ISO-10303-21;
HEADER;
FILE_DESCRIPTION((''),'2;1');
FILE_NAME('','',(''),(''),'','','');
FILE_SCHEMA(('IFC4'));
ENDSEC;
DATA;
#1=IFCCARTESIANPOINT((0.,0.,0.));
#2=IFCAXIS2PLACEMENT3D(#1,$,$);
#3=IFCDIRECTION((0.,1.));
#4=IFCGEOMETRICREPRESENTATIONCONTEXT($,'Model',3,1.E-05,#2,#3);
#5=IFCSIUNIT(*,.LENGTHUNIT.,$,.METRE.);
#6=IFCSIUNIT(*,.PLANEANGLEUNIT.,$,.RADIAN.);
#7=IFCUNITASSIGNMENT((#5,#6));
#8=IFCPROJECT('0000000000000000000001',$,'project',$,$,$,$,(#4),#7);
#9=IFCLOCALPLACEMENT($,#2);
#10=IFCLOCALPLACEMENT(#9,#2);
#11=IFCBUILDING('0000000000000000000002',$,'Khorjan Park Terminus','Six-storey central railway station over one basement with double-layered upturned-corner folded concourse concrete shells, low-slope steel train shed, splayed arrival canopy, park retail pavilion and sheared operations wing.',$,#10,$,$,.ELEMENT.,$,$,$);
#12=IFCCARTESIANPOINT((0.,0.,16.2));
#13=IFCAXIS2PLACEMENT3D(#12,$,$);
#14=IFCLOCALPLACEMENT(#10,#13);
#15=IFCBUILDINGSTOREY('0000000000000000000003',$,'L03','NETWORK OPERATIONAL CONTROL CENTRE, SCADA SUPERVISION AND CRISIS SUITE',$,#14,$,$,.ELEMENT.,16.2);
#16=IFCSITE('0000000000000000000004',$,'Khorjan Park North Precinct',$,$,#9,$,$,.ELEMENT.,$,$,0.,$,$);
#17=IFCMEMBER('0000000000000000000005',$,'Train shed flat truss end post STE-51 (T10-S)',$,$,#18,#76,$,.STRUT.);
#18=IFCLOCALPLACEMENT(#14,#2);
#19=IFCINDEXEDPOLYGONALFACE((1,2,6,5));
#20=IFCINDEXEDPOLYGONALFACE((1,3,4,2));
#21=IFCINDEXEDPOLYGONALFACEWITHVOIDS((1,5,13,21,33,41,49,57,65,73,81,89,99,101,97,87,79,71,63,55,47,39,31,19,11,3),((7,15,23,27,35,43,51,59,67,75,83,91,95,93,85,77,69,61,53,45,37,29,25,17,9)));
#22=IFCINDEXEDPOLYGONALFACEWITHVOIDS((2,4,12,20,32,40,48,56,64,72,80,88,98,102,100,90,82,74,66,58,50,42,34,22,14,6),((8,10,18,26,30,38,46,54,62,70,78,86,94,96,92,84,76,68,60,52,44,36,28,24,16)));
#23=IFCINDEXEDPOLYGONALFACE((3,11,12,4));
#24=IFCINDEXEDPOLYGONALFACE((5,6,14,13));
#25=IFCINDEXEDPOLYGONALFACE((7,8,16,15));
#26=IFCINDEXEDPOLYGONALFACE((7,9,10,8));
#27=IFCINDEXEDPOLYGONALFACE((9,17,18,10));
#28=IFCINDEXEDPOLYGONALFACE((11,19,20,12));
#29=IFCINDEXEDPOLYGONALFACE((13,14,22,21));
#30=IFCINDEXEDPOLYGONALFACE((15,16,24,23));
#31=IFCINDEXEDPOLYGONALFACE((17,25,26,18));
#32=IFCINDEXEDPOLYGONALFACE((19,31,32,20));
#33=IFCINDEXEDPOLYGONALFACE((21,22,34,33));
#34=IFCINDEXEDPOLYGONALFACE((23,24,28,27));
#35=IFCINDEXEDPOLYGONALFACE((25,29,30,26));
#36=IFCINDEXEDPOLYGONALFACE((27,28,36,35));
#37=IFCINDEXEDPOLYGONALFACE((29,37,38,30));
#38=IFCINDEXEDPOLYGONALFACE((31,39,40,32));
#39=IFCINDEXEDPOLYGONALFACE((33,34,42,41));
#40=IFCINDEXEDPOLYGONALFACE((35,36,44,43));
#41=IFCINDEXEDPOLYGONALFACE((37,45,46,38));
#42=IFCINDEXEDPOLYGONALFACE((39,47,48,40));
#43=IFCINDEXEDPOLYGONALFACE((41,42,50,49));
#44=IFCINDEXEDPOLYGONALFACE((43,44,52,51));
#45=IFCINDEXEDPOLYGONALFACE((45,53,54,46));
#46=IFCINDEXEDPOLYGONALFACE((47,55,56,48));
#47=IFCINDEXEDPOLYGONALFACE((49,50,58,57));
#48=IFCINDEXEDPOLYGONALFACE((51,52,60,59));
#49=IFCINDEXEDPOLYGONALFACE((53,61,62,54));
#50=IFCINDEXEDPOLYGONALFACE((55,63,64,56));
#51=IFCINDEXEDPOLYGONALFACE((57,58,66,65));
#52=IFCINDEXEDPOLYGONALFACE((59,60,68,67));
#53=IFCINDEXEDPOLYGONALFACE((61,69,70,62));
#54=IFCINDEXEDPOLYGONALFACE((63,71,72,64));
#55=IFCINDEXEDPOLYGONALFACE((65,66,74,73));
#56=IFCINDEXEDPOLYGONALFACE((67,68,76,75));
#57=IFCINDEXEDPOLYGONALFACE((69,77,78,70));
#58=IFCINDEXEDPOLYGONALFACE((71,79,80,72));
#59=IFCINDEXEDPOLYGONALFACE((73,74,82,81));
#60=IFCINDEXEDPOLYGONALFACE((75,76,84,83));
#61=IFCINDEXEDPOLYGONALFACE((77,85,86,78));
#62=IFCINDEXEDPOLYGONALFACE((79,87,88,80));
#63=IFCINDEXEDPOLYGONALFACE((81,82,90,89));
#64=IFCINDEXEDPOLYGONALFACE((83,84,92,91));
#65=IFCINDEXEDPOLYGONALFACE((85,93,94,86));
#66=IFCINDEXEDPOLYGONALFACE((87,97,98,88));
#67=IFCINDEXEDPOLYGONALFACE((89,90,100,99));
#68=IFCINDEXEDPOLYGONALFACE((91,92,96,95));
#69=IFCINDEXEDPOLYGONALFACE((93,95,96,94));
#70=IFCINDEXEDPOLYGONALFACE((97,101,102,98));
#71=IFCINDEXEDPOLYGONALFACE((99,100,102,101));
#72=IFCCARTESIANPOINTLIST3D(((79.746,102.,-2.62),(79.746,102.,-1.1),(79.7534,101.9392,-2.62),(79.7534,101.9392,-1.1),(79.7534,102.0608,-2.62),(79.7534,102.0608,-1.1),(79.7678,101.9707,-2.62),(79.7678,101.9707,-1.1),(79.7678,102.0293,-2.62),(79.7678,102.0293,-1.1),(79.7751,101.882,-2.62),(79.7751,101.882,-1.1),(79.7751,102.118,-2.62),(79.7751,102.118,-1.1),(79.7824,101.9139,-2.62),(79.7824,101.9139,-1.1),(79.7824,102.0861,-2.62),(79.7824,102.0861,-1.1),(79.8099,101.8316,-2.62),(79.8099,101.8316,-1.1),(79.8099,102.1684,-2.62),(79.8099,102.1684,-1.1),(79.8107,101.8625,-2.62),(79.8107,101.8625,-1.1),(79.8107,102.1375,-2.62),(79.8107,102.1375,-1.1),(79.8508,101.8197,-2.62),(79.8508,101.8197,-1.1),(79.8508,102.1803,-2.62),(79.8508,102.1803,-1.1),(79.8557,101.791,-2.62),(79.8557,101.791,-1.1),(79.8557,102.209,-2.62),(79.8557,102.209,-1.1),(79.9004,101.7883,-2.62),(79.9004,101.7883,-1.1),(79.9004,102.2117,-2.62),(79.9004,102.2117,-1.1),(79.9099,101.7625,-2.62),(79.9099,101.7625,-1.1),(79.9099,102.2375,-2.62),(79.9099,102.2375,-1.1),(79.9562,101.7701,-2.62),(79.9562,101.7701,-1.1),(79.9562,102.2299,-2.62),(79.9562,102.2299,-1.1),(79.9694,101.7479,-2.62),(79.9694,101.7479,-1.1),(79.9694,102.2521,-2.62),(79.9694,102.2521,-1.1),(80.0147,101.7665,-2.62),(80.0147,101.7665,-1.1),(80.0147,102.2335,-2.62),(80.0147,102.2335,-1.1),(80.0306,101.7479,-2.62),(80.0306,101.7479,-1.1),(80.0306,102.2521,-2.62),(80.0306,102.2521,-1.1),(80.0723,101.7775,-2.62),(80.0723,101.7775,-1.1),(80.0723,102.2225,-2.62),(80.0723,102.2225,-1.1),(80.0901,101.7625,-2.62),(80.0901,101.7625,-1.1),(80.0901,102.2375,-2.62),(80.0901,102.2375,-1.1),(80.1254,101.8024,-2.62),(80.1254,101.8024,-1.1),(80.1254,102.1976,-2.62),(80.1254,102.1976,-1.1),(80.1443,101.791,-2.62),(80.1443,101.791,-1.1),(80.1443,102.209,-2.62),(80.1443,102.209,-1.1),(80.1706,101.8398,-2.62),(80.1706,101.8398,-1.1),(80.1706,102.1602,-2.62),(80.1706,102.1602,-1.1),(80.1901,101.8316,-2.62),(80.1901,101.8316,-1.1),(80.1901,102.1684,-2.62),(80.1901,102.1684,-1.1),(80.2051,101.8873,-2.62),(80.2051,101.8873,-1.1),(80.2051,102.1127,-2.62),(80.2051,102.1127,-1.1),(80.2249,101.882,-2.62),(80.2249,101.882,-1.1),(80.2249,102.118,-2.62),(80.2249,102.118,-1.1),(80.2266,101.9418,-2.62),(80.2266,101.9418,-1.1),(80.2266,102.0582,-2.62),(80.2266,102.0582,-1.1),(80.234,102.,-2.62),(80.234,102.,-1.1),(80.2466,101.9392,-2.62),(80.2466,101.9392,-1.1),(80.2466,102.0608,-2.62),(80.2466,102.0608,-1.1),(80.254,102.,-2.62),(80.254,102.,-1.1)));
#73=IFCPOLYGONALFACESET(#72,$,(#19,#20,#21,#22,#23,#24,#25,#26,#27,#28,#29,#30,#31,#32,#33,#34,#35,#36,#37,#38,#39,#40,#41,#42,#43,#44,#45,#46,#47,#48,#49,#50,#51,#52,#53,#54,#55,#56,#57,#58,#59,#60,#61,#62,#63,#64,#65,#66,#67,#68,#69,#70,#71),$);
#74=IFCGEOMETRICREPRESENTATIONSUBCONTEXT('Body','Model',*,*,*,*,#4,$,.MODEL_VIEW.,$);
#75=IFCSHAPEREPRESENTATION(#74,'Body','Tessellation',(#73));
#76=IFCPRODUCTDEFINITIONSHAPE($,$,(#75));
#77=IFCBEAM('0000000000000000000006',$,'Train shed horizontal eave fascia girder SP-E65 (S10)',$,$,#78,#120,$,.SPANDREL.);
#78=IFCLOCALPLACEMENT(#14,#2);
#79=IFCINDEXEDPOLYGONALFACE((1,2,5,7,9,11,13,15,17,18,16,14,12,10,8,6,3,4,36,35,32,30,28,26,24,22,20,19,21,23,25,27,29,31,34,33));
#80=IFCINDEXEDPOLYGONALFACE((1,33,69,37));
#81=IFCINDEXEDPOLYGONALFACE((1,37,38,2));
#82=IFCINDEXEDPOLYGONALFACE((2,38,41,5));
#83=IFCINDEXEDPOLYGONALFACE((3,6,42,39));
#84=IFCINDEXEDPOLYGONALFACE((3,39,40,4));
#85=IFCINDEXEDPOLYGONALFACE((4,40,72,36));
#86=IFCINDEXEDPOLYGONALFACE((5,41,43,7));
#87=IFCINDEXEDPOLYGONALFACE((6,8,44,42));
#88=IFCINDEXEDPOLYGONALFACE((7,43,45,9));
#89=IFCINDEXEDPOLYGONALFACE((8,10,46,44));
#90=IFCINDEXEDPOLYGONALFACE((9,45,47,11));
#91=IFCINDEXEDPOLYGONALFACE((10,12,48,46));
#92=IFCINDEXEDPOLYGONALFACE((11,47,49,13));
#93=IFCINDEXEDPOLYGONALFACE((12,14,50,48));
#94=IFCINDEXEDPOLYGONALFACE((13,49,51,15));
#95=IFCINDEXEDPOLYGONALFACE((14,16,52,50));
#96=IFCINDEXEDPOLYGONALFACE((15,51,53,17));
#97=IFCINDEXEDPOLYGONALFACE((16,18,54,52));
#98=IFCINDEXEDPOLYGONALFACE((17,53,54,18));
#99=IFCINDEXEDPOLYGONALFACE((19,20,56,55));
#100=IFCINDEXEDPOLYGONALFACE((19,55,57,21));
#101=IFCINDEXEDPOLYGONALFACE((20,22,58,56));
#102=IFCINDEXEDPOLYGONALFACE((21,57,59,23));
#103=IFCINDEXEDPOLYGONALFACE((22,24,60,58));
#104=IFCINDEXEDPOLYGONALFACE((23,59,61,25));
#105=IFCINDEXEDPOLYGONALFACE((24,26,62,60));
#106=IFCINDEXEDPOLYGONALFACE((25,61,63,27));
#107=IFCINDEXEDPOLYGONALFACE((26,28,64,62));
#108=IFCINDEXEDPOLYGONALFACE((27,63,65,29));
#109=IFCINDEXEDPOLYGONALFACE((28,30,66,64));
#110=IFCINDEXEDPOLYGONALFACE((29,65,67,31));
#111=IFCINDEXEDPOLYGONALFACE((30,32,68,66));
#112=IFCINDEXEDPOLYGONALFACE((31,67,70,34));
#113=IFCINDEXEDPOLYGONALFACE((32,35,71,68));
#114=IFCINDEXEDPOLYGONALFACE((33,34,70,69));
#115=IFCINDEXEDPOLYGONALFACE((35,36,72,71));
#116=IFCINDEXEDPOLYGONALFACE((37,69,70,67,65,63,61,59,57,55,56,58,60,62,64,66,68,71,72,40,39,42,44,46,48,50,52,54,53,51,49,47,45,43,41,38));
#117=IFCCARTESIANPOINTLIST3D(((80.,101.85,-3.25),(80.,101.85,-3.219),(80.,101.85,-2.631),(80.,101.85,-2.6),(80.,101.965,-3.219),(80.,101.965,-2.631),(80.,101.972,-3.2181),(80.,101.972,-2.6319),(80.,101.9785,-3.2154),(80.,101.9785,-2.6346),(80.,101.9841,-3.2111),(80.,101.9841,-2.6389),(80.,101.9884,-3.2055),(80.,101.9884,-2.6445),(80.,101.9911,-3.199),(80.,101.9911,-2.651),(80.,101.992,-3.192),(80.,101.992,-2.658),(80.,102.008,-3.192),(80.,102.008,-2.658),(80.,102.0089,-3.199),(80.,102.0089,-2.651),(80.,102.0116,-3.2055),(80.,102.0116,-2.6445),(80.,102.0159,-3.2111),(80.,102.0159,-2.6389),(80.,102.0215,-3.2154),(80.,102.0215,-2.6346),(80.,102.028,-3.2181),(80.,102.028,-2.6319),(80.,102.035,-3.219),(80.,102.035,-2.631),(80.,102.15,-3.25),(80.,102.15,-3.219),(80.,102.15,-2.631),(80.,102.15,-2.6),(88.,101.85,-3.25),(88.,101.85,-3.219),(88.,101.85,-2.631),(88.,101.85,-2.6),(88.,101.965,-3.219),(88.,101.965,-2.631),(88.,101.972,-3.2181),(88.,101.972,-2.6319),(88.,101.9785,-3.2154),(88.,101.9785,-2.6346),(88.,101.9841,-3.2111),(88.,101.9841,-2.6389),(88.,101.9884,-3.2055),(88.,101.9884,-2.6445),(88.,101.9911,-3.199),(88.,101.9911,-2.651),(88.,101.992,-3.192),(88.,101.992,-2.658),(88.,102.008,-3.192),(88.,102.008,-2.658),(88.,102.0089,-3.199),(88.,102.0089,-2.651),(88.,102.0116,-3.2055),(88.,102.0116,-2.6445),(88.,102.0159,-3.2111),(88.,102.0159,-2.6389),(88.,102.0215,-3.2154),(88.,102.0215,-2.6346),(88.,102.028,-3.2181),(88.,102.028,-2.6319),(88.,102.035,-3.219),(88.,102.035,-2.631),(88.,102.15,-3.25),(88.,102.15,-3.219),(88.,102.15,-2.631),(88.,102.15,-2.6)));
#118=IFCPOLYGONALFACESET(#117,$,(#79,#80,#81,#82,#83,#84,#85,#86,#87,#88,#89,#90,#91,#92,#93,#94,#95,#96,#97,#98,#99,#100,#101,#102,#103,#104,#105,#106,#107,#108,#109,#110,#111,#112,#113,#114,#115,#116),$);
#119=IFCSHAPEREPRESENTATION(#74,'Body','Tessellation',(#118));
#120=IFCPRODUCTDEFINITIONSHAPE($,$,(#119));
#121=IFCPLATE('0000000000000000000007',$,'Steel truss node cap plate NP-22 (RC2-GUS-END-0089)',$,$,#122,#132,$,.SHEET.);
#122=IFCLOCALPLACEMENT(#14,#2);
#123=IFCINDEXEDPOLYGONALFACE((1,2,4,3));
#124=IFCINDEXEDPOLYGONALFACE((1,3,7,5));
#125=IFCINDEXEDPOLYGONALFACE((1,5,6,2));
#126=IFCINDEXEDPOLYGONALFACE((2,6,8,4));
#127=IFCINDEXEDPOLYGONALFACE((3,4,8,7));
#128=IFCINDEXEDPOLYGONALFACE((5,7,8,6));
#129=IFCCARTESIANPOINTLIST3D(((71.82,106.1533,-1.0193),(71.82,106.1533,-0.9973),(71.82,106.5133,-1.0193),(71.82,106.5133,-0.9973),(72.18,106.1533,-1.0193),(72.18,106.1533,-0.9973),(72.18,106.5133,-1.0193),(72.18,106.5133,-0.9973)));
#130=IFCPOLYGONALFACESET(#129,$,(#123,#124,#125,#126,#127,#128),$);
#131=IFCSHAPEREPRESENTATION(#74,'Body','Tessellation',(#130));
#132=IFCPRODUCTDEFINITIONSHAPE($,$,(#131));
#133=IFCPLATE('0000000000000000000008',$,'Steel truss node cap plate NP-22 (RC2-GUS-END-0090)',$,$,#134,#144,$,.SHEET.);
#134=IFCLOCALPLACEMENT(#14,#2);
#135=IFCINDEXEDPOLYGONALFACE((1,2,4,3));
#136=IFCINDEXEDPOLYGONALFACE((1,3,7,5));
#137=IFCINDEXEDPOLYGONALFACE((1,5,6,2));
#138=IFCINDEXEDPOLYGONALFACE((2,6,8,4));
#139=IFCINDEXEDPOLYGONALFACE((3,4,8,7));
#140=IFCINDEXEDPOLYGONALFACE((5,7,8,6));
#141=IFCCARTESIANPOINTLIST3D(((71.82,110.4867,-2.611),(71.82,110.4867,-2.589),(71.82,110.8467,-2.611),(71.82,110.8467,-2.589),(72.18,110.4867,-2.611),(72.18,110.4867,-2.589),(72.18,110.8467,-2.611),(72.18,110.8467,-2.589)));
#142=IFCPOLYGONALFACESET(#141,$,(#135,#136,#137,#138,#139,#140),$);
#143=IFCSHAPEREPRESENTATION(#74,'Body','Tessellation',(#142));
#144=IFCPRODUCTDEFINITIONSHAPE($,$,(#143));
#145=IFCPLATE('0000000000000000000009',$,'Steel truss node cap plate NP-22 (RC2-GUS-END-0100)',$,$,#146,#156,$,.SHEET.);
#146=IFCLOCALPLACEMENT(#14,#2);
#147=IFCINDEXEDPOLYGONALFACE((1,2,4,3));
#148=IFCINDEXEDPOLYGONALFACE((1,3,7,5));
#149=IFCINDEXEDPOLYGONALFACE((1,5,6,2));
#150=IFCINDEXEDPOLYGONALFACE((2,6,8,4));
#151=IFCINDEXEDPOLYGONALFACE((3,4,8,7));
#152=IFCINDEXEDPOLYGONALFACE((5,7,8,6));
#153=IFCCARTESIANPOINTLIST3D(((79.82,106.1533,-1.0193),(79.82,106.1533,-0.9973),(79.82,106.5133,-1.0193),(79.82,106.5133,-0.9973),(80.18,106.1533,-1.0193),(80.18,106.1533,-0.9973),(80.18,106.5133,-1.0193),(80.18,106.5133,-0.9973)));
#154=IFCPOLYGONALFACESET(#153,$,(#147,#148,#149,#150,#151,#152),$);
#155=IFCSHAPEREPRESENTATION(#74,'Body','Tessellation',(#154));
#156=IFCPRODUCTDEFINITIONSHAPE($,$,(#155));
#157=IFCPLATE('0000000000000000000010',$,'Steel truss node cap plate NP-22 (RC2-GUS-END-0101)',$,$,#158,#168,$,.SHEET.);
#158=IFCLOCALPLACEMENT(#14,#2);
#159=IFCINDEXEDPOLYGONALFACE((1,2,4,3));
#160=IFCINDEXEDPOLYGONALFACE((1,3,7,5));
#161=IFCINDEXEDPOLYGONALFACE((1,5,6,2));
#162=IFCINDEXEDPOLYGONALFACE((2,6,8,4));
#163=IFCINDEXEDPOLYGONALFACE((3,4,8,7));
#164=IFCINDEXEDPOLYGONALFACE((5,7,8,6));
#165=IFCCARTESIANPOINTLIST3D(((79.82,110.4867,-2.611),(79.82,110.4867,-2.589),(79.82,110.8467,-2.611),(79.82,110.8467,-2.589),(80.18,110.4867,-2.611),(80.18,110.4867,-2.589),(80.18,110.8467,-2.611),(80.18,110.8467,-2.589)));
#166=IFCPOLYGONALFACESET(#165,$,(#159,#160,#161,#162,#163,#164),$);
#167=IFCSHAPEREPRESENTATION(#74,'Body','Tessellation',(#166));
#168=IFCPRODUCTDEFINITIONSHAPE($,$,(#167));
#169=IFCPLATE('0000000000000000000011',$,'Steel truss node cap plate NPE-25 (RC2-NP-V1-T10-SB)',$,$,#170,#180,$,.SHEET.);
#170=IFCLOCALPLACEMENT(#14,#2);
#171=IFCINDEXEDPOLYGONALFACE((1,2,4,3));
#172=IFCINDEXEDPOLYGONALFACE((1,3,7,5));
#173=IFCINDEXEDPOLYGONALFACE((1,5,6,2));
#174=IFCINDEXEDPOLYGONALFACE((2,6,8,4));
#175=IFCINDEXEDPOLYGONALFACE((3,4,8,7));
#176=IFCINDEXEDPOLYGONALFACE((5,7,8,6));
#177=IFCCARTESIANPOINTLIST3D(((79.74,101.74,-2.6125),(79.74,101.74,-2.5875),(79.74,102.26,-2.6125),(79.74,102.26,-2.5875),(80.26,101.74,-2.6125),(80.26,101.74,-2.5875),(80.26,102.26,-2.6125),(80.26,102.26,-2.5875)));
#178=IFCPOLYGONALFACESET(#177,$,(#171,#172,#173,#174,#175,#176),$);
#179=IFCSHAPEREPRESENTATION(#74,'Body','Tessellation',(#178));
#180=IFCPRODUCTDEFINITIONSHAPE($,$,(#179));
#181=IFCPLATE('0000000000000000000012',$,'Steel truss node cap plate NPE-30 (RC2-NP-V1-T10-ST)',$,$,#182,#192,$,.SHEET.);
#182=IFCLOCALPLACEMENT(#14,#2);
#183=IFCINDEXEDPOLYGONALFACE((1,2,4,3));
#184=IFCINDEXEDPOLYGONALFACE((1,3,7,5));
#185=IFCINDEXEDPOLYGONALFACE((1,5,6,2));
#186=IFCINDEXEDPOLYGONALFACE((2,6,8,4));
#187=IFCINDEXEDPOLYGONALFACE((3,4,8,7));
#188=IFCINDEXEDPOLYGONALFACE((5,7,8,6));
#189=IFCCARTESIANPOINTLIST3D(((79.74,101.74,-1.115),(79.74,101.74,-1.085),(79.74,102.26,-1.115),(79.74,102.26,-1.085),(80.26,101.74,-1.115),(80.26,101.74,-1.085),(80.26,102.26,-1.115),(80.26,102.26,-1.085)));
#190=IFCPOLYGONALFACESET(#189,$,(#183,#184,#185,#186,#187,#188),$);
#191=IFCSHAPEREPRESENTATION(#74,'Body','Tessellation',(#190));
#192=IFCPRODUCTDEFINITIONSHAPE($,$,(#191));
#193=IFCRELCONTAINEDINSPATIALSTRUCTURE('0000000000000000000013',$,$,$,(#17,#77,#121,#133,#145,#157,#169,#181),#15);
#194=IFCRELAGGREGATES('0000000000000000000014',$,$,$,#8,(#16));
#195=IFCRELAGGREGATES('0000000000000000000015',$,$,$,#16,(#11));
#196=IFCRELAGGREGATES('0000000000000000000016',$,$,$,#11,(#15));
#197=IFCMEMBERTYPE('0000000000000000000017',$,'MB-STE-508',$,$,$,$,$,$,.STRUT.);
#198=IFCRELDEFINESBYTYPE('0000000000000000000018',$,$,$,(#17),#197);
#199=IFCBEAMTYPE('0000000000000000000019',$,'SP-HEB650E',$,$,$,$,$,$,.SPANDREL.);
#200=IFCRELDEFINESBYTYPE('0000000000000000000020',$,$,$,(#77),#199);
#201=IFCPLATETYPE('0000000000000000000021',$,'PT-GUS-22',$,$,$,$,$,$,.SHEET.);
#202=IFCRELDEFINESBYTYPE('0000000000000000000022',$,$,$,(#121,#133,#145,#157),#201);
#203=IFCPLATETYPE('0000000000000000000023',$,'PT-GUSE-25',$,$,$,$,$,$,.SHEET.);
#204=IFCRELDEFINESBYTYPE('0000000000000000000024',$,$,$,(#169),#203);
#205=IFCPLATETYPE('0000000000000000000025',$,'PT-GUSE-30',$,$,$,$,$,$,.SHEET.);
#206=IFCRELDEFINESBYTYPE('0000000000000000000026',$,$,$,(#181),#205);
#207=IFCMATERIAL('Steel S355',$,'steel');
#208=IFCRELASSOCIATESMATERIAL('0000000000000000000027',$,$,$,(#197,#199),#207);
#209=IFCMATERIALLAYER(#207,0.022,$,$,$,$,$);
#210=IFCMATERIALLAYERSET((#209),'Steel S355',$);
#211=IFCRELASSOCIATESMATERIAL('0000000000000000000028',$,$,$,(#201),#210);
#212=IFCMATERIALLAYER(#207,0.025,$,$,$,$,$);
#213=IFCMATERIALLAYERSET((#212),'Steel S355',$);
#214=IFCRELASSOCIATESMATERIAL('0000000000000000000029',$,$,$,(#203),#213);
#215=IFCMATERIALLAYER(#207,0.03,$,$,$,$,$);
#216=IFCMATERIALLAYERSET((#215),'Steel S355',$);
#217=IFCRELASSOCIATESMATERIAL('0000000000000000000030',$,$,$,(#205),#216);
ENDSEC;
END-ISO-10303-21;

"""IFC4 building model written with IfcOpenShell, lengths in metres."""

from ifc_helpers import new_model, si_unit, direction, frame, origin, origin_2d, place, context, subcontext, project, spatial, rectangle, hollow_circle, i_section, extrude, material, layer, layer_set, material_profile, profile_set, type_object, element, save


model = new_model("IFC4")

# Units and contexts
model_context = context("Model", 3, precision=1e-05, world=origin(), true_north=direction((0.0, 1.0)))
body_context = subcontext(model_context, "Body", "Model", "MODEL_VIEW")
ifc_project = project(units=[si_unit("LENGTHUNIT", "METRE"), si_unit("PLANEANGLEUNIT", "RADIAN")], contexts=[model_context])

# Site, building, storey
site_placement = place(None, origin())
site = spatial("IfcSite", under=ifc_project, at=site_placement, Name="Khorjan Park North Precinct", CompositionType="ELEMENT", RefElevation=0.0)
building_placement = place(site_placement, origin())
building = spatial("IfcBuilding", under=site, at=building_placement, Name="Khorjan Park Terminus", Description="Six-storey central railway station over one basement with double-layered upturned-corner folded concourse concrete shells, low-slope steel train shed, splayed arrival canopy, park retail pavilion and sheared operations wing.", CompositionType="ELEMENT")
storey_placement = place(building_placement, frame((0.0, 0.0, 16.2)))
storey = spatial("IfcBuildingStorey", under=building, at=storey_placement, Name="L03", Description="NETWORK OPERATIONAL CONTROL CENTRE, SCADA SUPERVISION AND CRISIS SUITE", CompositionType="ELEMENT", Elevation=16.2)

# Member
ifc_material = material(Name="Steel S355", Category="steel")
ifc_material_profile_1 = material_profile(ifc_material, hollow_circle(Radius=0.254, WallThickness=0.02, at=origin_2d()), Name="CHS 508x20")
ifc_profile_set_1 = profile_set([ifc_material_profile_1], Name="Steel S355")
member_type_1 = type_object("IfcMemberType", Name="MB-STE-508", PredefinedType="STRUT", material=ifc_profile_set_1)
member_1_placement = place(storey_placement, frame((80.0, 102.0, -2.62), z_axis=(0.0, 0.0, 1.0), x_axis=(1.0, 0.0, 0.0)))
element("IfcMember", 1, at=member_1_placement, inside=storey, type_object=member_type_1, Name="Train shed flat truss end post STE-51 (T10-S)", PredefinedType="STRUT", context=body_context, shape_type="SweptSolid", body=[
    extrude(hollow_circle(Radius=0.254, WallThickness=0.02, at=origin_2d()), origin(), (0.0, 0.0, 1.0), 1.52),
])

# Beam
ifc_material_profile_2 = material_profile(ifc_material, i_section(OverallWidth=0.3, OverallDepth=0.65, WebThickness=0.016, FlangeThickness=0.031, FilletRadius=0.027, at=origin_2d()), Name="HEB 650")
ifc_profile_set_2 = profile_set([ifc_material_profile_2], Name="Steel S355")
beam_type = type_object("IfcBeamType", Name="SP-HEB650E", PredefinedType="SPANDREL", material=ifc_profile_set_2)
beam_placement = place(storey_placement, frame((80.0, 102.0, -2.925), z_axis=(1.0, 0.0, 0.0), x_axis=(0.0, 1.0, 0.0)))
element("IfcBeam", 2, at=beam_placement, inside=storey, type_object=beam_type, Name="Train shed horizontal eave fascia girder SP-E65 (S10)", PredefinedType="SPANDREL", context=body_context, shape_type="SweptSolid", body=[
    extrude(i_section(OverallWidth=0.3, OverallDepth=0.65, WebThickness=0.016, FlangeThickness=0.031, FilletRadius=0.027, at=origin_2d()), origin(), (0.0, 0.0, 1.0), 8.0),
])

# Plates
ifc_layer_1 = layer(ifc_material, 0.022)
ifc_layer_set_1 = layer_set([ifc_layer_1], Name="Steel S355")
plate_type_1 = type_object("IfcPlateType", Name="PT-GUS-22", PredefinedType="SHEET", material=ifc_layer_set_1)
for number, where, z_axis, x_axis, name in (
    (3, (72.0, 106.3333, -1.0193), (0.0, 0.0, 1.0), (1.0, 0.0, 0.0), "Steel truss node cap plate NP-22 (RC2-GUS-END-0089)"),
    (4, (72.0, 110.6667, -2.611), (0.0, 0.0, 1.0), (1.0, 0.0, 0.0), "Steel truss node cap plate NP-22 (RC2-GUS-END-0090)"),
    (5, (80.0, 106.3333, -1.0193), (0.0, 0.0, 1.0), (1.0, 0.0, 0.0), "Steel truss node cap plate NP-22 (RC2-GUS-END-0100)"),
    (6, (80.0, 110.6667, -2.611), (0.0, 0.0, 1.0), (1.0, 0.0, 0.0), "Steel truss node cap plate NP-22 (RC2-GUS-END-0101)"),
):
    element("IfcPlate", number, at=place(storey_placement, frame(where, z_axis=z_axis, x_axis=x_axis)), inside=storey, type_object=plate_type_1, Name=name, PredefinedType="SHEET", context=body_context, shape_type="SweptSolid", body=[
        extrude(rectangle(XDim=0.36, YDim=0.36, at=origin_2d()), origin(), (0.0, 0.0, 1.0), 0.022),
    ])
ifc_layer_2 = layer(ifc_material, 0.025)
ifc_layer_set_2 = layer_set([ifc_layer_2], Name="Steel S355")
plate_type_2 = type_object("IfcPlateType", Name="PT-GUSE-25", PredefinedType="SHEET", material=ifc_layer_set_2)
plate_1_placement = place(storey_placement, frame((80.0, 102.0, -2.6125), z_axis=(0.0, 0.0, 1.0), x_axis=(1.0, 0.0, 0.0)))
element("IfcPlate", 7, at=plate_1_placement, inside=storey, type_object=plate_type_2, Name="Steel truss node cap plate NPE-25 (RC2-NP-V1-T10-SB)", PredefinedType="SHEET", context=body_context, shape_type="SweptSolid", body=[
    extrude(rectangle(XDim=0.52, YDim=0.52, at=origin_2d()), origin(), (0.0, 0.0, 1.0), 0.025),
])
ifc_layer_3 = layer(ifc_material, 0.03)
ifc_layer_set_3 = layer_set([ifc_layer_3], Name="Steel S355")
plate_type_3 = type_object("IfcPlateType", Name="PT-GUSE-30", PredefinedType="SHEET", material=ifc_layer_set_3)
plate_2_placement = place(storey_placement, frame((80.0, 102.0, -1.115), z_axis=(0.0, 0.0, 1.0), x_axis=(1.0, 0.0, 0.0)))
element("IfcPlate", 8, at=plate_2_placement, inside=storey, type_object=plate_type_3, Name="Steel truss node cap plate NPE-30 (RC2-NP-V1-T10-ST)", PredefinedType="SHEET", context=body_context, shape_type="SweptSolid", body=[
    extrude(rectangle(XDim=0.52, YDim=0.52, at=origin_2d()), origin(), (0.0, 0.0, 1.0), 0.03),
])

save(model, "model.ifc")
